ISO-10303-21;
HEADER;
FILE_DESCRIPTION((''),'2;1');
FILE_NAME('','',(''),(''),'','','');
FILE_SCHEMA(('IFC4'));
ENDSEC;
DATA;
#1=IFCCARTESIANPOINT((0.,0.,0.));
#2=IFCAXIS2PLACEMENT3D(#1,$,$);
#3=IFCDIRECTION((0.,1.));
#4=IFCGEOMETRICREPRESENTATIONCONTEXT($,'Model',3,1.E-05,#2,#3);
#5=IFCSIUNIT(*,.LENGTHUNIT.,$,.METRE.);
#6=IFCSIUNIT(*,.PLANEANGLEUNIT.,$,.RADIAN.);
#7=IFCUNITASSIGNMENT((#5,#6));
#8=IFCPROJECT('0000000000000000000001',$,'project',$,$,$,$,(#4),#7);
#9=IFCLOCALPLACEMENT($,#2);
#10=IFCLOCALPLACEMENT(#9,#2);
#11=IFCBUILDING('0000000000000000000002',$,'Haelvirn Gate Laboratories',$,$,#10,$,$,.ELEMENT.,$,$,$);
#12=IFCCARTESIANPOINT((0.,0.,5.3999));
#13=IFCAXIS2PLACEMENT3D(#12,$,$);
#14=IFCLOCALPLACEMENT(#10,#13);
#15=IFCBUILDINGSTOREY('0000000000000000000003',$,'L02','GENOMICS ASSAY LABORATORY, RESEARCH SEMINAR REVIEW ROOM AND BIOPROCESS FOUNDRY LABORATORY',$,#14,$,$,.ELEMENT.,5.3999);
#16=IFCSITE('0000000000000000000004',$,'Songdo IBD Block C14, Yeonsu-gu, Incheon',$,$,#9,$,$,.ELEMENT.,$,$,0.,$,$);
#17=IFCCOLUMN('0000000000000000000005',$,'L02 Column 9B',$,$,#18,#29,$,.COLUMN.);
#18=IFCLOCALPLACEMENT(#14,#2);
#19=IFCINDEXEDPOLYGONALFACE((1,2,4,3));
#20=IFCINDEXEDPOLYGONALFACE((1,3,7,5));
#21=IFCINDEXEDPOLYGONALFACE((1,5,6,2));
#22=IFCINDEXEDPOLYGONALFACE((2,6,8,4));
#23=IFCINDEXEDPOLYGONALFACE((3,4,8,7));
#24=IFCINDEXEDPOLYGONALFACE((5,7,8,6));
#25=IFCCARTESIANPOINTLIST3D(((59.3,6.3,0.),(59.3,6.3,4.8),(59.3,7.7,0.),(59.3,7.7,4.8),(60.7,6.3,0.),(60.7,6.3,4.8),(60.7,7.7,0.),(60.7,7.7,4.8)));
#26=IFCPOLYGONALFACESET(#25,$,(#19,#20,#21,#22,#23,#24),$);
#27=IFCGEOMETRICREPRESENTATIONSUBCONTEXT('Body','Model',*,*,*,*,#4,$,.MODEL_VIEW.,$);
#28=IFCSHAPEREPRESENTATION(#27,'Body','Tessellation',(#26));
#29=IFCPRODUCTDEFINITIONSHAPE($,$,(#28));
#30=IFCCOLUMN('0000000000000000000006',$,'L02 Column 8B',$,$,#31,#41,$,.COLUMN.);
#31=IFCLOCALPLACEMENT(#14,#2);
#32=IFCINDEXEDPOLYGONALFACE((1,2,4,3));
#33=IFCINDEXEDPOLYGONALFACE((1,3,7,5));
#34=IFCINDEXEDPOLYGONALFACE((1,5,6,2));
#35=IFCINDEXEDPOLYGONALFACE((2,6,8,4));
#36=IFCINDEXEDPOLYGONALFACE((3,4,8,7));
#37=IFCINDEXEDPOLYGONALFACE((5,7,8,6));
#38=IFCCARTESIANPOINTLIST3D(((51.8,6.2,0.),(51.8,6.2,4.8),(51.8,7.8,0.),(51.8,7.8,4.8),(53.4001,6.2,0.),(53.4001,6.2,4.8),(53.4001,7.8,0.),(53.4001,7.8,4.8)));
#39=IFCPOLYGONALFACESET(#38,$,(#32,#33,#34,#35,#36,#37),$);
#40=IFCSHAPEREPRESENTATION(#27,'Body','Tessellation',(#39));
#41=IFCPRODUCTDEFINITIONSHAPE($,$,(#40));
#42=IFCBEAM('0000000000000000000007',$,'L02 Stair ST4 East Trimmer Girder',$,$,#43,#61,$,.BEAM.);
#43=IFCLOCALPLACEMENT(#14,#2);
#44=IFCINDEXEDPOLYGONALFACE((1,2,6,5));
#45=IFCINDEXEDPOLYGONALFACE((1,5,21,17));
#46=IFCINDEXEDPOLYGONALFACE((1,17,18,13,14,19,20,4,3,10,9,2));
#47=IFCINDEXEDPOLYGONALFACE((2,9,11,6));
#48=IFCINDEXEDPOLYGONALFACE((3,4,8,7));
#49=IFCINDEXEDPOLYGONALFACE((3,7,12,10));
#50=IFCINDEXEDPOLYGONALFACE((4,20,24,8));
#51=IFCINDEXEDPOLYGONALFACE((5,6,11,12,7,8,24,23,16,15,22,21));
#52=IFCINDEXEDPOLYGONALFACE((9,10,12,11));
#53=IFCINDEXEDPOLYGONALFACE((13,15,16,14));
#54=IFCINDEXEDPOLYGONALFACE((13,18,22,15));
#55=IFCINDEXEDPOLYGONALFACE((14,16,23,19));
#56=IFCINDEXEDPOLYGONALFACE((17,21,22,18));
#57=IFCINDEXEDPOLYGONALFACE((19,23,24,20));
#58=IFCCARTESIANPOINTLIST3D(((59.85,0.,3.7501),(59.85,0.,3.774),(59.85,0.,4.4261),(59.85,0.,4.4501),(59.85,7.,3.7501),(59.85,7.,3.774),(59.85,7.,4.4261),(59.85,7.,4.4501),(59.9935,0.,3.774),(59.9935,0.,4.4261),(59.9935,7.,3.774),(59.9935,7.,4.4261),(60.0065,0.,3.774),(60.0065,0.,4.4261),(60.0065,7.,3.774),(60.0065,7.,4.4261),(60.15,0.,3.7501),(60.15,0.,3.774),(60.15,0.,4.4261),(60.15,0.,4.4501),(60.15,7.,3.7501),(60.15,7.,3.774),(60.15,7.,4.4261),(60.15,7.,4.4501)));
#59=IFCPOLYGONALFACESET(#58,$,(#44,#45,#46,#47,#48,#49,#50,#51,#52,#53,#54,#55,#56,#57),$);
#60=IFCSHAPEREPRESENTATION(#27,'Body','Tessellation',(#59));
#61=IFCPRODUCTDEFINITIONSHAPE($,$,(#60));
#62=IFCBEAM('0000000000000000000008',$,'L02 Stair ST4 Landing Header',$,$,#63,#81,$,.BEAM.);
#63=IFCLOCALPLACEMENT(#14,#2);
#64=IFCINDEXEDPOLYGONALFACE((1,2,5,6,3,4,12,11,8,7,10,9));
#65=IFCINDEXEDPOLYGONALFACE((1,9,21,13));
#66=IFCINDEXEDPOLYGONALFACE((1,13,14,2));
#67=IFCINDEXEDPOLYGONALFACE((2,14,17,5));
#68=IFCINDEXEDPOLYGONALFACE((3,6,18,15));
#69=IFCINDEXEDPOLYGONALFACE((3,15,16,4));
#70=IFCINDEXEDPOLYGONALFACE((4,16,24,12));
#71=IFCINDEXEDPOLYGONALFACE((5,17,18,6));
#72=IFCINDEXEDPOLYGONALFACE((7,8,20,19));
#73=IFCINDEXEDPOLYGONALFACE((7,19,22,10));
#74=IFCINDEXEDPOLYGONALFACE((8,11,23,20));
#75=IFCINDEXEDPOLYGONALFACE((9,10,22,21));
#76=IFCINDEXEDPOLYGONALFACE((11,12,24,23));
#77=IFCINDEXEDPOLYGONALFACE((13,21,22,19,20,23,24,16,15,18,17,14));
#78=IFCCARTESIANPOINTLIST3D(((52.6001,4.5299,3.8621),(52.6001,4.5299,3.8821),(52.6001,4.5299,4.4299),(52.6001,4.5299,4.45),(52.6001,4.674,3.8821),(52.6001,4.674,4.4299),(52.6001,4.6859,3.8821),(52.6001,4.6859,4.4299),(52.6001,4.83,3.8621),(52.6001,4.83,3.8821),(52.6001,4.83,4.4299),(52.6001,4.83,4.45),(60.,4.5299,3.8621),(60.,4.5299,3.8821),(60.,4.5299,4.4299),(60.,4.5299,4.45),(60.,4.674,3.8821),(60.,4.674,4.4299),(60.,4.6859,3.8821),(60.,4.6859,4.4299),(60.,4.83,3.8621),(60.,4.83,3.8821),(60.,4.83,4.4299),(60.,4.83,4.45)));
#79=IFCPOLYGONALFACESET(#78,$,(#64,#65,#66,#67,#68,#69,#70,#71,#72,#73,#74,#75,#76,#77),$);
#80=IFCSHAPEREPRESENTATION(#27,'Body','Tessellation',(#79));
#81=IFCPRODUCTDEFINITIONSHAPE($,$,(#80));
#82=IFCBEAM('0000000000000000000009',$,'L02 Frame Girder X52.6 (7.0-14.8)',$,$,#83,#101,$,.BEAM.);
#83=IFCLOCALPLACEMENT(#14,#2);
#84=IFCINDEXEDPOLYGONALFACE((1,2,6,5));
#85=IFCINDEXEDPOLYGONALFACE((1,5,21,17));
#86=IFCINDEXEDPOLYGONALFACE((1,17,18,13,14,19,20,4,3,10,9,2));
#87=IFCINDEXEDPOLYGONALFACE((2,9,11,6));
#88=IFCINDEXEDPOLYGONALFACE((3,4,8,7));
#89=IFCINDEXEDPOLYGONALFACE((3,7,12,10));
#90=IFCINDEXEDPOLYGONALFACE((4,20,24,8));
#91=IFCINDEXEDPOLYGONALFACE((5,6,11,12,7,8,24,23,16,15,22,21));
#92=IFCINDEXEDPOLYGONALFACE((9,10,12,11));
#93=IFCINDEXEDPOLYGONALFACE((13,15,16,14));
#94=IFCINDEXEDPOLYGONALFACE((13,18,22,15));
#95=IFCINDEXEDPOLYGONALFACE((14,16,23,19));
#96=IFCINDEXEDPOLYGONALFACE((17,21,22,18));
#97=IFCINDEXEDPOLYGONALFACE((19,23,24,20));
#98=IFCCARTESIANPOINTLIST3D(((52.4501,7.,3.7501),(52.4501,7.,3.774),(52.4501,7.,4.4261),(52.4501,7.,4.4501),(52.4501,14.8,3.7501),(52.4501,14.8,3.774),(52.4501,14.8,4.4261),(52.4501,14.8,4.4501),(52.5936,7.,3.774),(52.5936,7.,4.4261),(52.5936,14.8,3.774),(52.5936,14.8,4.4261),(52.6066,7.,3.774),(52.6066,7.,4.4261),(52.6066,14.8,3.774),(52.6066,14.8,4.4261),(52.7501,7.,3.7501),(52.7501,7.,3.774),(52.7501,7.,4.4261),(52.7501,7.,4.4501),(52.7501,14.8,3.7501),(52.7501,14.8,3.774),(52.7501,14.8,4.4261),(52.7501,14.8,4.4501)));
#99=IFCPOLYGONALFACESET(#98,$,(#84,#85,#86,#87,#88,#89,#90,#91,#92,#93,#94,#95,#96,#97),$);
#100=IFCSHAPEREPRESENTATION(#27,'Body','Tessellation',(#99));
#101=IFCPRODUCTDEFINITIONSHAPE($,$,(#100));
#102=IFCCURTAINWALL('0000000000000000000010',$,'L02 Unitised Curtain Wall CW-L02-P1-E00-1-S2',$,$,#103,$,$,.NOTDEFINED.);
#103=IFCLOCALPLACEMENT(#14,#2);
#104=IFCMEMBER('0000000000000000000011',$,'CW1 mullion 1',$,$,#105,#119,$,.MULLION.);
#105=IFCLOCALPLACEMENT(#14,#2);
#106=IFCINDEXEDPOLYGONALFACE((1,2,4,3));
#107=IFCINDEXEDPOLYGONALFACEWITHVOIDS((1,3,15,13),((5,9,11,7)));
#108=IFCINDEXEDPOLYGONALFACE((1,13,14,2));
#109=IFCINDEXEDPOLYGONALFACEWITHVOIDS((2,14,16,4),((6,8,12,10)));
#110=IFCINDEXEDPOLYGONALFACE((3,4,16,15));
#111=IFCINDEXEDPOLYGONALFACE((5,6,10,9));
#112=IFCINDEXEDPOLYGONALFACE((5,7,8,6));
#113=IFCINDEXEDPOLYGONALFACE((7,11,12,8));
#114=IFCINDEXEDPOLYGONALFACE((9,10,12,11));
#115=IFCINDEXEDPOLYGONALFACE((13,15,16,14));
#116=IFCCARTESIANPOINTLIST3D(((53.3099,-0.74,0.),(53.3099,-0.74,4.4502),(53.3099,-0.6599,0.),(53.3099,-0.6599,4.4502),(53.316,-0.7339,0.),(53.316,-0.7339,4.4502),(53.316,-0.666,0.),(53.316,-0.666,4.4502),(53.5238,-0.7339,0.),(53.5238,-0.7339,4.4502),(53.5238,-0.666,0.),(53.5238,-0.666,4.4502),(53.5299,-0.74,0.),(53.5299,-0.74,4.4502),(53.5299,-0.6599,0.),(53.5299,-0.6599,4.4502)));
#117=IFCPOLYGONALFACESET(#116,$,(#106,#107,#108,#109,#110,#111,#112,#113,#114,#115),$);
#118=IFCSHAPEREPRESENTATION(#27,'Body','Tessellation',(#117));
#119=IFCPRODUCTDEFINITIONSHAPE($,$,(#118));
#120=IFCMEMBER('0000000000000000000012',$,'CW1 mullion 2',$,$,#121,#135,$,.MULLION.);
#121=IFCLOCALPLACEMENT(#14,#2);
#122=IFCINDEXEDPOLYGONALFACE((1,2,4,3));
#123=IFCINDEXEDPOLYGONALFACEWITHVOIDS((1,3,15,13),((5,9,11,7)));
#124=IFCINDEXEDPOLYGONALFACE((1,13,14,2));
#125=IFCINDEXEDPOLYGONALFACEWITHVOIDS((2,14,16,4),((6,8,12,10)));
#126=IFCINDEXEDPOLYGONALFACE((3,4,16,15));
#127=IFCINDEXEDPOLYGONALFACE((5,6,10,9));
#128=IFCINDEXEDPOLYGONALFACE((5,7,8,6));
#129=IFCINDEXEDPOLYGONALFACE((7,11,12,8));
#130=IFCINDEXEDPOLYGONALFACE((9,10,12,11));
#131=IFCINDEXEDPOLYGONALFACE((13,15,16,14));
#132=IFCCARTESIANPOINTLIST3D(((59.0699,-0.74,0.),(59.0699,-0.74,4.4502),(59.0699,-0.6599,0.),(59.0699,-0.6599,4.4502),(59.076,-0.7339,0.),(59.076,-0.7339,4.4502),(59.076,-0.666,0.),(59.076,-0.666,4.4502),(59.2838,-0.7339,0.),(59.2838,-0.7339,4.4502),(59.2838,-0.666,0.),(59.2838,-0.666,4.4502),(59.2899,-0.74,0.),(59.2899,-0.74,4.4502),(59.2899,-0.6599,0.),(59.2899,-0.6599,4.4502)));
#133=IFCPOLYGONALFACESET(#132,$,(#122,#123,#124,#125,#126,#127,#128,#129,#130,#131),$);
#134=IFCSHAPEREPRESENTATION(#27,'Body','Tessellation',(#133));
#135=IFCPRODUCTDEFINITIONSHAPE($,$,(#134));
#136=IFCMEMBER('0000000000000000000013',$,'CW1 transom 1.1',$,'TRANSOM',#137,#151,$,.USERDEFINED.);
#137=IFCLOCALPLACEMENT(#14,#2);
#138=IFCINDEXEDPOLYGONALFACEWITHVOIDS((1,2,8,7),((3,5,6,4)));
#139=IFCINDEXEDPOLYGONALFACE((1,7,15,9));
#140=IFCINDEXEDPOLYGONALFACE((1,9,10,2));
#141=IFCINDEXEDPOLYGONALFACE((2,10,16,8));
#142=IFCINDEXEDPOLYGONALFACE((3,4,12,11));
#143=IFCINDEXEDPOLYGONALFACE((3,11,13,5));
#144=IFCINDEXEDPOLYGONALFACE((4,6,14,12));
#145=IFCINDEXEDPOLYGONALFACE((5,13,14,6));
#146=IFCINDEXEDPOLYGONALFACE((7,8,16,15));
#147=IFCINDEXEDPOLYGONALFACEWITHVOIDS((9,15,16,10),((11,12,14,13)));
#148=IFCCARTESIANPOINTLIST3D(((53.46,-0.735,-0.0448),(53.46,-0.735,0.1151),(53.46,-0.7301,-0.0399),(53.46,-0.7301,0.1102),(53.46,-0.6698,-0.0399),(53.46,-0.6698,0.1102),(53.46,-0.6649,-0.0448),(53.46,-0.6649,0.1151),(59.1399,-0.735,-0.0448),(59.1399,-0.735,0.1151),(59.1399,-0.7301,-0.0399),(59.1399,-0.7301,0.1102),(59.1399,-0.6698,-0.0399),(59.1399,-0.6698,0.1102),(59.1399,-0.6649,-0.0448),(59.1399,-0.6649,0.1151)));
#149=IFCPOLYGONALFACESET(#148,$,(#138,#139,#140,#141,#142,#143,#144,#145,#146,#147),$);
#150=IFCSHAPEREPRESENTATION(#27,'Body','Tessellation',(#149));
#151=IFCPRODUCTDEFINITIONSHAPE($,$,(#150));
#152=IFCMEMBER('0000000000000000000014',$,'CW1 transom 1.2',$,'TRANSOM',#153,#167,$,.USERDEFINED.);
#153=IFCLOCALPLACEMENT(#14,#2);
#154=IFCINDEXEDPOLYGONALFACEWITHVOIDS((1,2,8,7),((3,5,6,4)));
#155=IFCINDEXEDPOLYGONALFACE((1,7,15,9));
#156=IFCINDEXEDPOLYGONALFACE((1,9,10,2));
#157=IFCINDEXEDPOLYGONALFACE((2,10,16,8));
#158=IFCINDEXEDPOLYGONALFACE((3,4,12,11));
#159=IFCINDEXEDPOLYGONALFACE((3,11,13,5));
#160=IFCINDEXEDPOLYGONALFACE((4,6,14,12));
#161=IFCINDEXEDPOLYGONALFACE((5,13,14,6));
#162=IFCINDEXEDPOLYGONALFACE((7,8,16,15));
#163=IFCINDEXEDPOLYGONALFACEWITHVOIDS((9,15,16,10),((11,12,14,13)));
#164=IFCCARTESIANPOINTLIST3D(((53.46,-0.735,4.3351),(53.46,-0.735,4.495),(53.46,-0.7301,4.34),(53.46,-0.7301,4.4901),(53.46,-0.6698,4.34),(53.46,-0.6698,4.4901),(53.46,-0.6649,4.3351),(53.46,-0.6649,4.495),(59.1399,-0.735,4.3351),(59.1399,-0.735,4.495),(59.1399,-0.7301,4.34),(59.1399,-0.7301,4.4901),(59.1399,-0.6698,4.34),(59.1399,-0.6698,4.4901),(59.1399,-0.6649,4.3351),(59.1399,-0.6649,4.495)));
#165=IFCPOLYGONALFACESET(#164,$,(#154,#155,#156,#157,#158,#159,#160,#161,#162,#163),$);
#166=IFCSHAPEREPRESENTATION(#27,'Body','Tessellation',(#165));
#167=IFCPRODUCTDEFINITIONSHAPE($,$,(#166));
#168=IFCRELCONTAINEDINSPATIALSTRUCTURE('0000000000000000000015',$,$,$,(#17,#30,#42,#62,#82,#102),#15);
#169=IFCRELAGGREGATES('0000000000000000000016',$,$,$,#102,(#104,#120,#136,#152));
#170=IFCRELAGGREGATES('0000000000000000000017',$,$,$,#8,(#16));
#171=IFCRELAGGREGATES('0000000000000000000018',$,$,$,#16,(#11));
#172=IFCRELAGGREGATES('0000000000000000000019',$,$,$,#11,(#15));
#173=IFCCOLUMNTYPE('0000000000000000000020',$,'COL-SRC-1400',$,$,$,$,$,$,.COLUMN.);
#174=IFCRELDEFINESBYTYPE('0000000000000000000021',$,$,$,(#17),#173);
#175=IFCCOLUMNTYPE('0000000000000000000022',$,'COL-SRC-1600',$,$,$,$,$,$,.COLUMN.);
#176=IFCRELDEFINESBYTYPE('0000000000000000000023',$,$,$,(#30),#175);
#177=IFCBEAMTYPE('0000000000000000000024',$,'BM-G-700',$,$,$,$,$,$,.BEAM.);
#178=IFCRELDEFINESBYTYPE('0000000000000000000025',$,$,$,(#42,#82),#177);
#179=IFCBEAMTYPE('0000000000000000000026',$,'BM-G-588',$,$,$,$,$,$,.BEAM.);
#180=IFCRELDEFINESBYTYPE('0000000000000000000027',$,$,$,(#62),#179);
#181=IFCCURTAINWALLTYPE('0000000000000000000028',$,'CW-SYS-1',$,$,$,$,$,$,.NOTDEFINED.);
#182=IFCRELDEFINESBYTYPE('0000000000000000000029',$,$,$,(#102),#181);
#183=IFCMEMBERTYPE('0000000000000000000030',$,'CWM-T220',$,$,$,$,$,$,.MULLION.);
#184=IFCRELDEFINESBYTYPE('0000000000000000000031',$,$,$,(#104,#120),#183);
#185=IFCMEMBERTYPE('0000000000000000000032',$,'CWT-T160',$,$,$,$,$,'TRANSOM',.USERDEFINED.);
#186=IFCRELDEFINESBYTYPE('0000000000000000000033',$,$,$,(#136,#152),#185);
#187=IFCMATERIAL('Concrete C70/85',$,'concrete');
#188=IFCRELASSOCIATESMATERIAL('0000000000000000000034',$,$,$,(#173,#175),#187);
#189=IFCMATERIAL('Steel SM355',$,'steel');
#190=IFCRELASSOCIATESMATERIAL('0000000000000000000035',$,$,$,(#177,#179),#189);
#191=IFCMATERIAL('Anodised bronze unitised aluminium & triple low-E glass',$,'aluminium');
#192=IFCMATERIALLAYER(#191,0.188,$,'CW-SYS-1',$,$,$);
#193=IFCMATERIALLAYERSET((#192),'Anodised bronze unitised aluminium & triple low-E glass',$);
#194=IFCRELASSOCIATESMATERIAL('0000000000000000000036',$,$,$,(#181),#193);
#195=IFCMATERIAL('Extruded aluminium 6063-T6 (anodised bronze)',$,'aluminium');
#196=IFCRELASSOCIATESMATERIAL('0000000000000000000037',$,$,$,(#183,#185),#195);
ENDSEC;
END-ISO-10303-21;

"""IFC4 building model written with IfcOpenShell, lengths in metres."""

from ifc_helpers import new_model, si_unit, direction, frame, origin, origin_2d, place, context, subcontext, project, spatial, rectangle, hollow_rectangle, i_section, extrude, source, transform, mapped, material, layer, layer_set, material_profile, profile_set, type_object, type_shapes, element, aggregate, save


model = new_model("IFC4")

# Units and contexts
model_context = context("Model", 3, precision=1e-05, world=origin(), true_north=direction((0.0, 1.0)))
body_context = subcontext(model_context, "Body", "Model", "MODEL_VIEW")
ifc_project = project(units=[si_unit("LENGTHUNIT", "METRE"), si_unit("PLANEANGLEUNIT", "RADIAN")], contexts=[model_context])

# Site, building, storey
site_placement = place(None, origin())
site = spatial("IfcSite", under=ifc_project, at=site_placement, Name="Songdo IBD Block C14, Yeonsu-gu, Incheon", CompositionType="ELEMENT", RefElevation=0.0)
building_placement = place(site_placement, origin())
building = spatial("IfcBuilding", under=site, at=building_placement, Name="Haelvirn Gate Laboratories", CompositionType="ELEMENT")
storey_placement = place(building_placement, frame((0.0, 0.0, 5.3999)))
storey = spatial("IfcBuildingStorey", under=building, at=storey_placement, Name="L02", Description="GENOMICS ASSAY LABORATORY, RESEARCH SEMINAR REVIEW ROOM AND BIOPROCESS FOUNDRY LABORATORY", CompositionType="ELEMENT", Elevation=5.3999)

# Columns
ifc_material_1 = material(Name="Concrete C70/85", Category="concrete")
ifc_material_profile_1 = material_profile(ifc_material_1, rectangle(XDim=1.3999, YDim=1.3999, at=origin_2d()), Name="SRC-1400x1400")
ifc_profile_set_1 = profile_set([ifc_material_profile_1], Name="Concrete C70/85")
column_type_1 = type_object("IfcColumnType", Name="COL-SRC-1400", PredefinedType="COLUMN", material=ifc_profile_set_1)
shared_shape_1 = source(origin(), body_context, "Body", "SweptSolid", [
    extrude(rectangle(XDim=1.3999, YDim=1.3999, at=origin_2d()), origin(), (0.0, 0.0, 1.0), 4.8),
])
type_shapes(column_type_1, [shared_shape_1])
column_1_placement = place(storey_placement, frame((60.0, 7.0, 0.0), z_axis=(0.0, 0.0, 1.0), x_axis=(1.0, 0.0, 0.0)))
element("IfcColumn", 1, at=column_1_placement, inside=storey, type_object=column_type_1, Name="L02 Column 9B", PredefinedType="COLUMN", context=body_context, shape_type="MappedRepresentation", body=[
    mapped(shared_shape_1, transform((0.0, 0.0, 0.0), scale=1.0)),
])
ifc_material_profile_2 = material_profile(ifc_material_1, rectangle(XDim=1.6001, YDim=1.6001, at=origin_2d()), Name="SRC-1600x1600")
ifc_profile_set_2 = profile_set([ifc_material_profile_2], Name="Concrete C70/85")
column_type_2 = type_object("IfcColumnType", Name="COL-SRC-1600", PredefinedType="COLUMN", material=ifc_profile_set_2)
shared_shape_2 = source(origin(), body_context, "Body", "SweptSolid", [
    extrude(rectangle(XDim=1.6001, YDim=1.6001, at=origin_2d()), origin(), (0.0, 0.0, 1.0), 4.8),
])
type_shapes(column_type_2, [shared_shape_2])
column_2_placement = place(storey_placement, frame((52.6001, 7.0, 0.0), z_axis=(0.0, 0.0, 1.0), x_axis=(1.0, 0.0, 0.0)))
element("IfcColumn", 2, at=column_2_placement, inside=storey, type_object=column_type_2, Name="L02 Column 8B", PredefinedType="COLUMN", context=body_context, shape_type="MappedRepresentation", body=[
    mapped(shared_shape_2, transform((0.0, 0.0, 0.0), scale=1.0)),
])

# Beams
ifc_material_2 = material(Name="Steel SM355", Category="steel")
ifc_material_profile_3 = material_profile(ifc_material_2, i_section(OverallWidth=0.3, OverallDepth=0.7, WebThickness=0.0129, FlangeThickness=0.0239, at=origin_2d()), Name="H-700x300x13x24")
ifc_profile_set_3 = profile_set([ifc_material_profile_3], Name="Steel SM355")
beam_type_1 = type_object("IfcBeamType", Name="BM-G-700", PredefinedType="BEAM", material=ifc_profile_set_3)
shared_shape_3 = source(origin(), body_context, "Body", "SweptSolid", [
    extrude(i_section(OverallWidth=0.3, OverallDepth=0.7, WebThickness=0.0129, FlangeThickness=0.0239, at=origin_2d()), origin(), (0.0, 0.0, 1.0), 7.0),
])
beam_1_placement = place(storey_placement, frame((60.0, 0.0, 4.1001), z_axis=(0.0, 1.0, 0.0), x_axis=(-1.0, 0.0, 0.0)))
element("IfcBeam", 3, at=beam_1_placement, inside=storey, type_object=beam_type_1, Name="L02 Stair ST4 East Trimmer Girder", PredefinedType="BEAM", context=body_context, shape_type="MappedRepresentation", body=[
    mapped(shared_shape_3, transform((0.0, 0.0, 0.0), scale=1.0)),
])
ifc_material_profile_4 = material_profile(ifc_material_2, i_section(OverallWidth=0.3, OverallDepth=0.5879, WebThickness=0.012, FlangeThickness=0.02, at=origin_2d()), Name="H-588x300x12x20")
ifc_profile_set_4 = profile_set([ifc_material_profile_4], Name="Steel SM355")
beam_type_2 = type_object("IfcBeamType", Name="BM-G-588", PredefinedType="BEAM", material=ifc_profile_set_4)
shared_shape_4 = source(origin(), body_context, "Body", "SweptSolid", [
    extrude(i_section(OverallWidth=0.3, OverallDepth=0.5879, WebThickness=0.012, FlangeThickness=0.02, at=origin_2d()), origin(), (0.0, 0.0, 1.0), 7.3999),
])
type_shapes(beam_type_2, [shared_shape_4])
beam_2_placement = place(storey_placement, frame((52.6001, 4.6799, 4.156), z_axis=(1.0, 0.0, 0.0), x_axis=(0.0, 1.0, 0.0)))
element("IfcBeam", 4, at=beam_2_placement, inside=storey, type_object=beam_type_2, Name="L02 Stair ST4 Landing Header", PredefinedType="BEAM", context=body_context, shape_type="MappedRepresentation", body=[
    mapped(shared_shape_4, transform((0.0, 0.0, 0.0), scale=1.0)),
])
shared_shape_5 = source(origin(), body_context, "Body", "SweptSolid", [
    extrude(i_section(OverallWidth=0.3, OverallDepth=0.7, WebThickness=0.0129, FlangeThickness=0.0239, at=origin_2d()), origin(), (0.0, 0.0, 1.0), 7.8),
])
type_shapes(beam_type_1, [shared_shape_3, shared_shape_5])
beam_3_placement = place(storey_placement, frame((52.6001, 7.0, 4.1001), z_axis=(0.0, 1.0, 0.0), x_axis=(-1.0, 0.0, 0.0)))
element("IfcBeam", 5, at=beam_3_placement, inside=storey, type_object=beam_type_1, Name="L02 Frame Girder X52.6 (7.0-14.8)", PredefinedType="BEAM", context=body_context, shape_type="MappedRepresentation", body=[
    mapped(shared_shape_5, transform((0.0, 0.0, 0.0), scale=1.0)),
])

# Curtain wall, members
ifc_material_3 = material(Name="Anodised bronze unitised aluminium & triple low-E glass", Category="aluminium")
ifc_layer_1 = layer(ifc_material_3, 0.188, Name="CW-SYS-1")
ifc_layer_set_1 = layer_set([ifc_layer_1], Name="Anodised bronze unitised aluminium & triple low-E glass")
curtain_wall_type = type_object("IfcCurtainWallType", Name="CW-SYS-1", PredefinedType="NOTDEFINED", material=ifc_layer_set_1)
curtain_wall_placement = place(storey_placement, origin())
curtain_wall = element("IfcCurtainWall", 6, at=curtain_wall_placement, inside=storey, type_object=curtain_wall_type, Name="L02 Unitised Curtain Wall CW-L02-P1-E00-1-S2", PredefinedType="NOTDEFINED")
ifc_material_4 = material(Name="Extruded aluminium 6063-T6 (anodised bronze)", Category="aluminium")
ifc_material_profile_5 = material_profile(ifc_material_4, hollow_rectangle(XDim=0.0801, YDim=0.22, WallThickness=0.0061, at=origin_2d()), Name="CWM-220x80x6")
ifc_profile_set_5 = profile_set([ifc_material_profile_5], Name="Extruded aluminium 6063-T6 (anodised bronze)")
member_type_1 = type_object("IfcMemberType", Name="CWM-T220", PredefinedType="MULLION", material=ifc_profile_set_5)
shared_shape_6 = source(origin(), body_context, "Body", "SweptSolid", [
    extrude(hollow_rectangle(XDim=0.0801, YDim=0.22, WallThickness=0.0061, at=origin_2d()), origin(), (0.0, 0.0, 1.0), 4.4502),
])
type_shapes(member_type_1, [shared_shape_6])
member_1_placement = place(storey_placement, frame((53.4199, -0.7, 0.0), z_axis=(0.0, 0.0, 1.0), x_axis=(0.0, 1.0, 0.0)))
member_1 = element("IfcMember", 7, at=member_1_placement, type_object=member_type_1, Name="CW1 mullion 1", PredefinedType="MULLION", context=body_context, shape_type="MappedRepresentation", body=[
    mapped(shared_shape_6, transform((0.0, 0.0, 0.0), scale=1.0)),
])
member_2_placement = place(storey_placement, frame((59.1799, -0.7, 0.0), z_axis=(0.0, 0.0, 1.0), x_axis=(0.0, 1.0, 0.0)))
member_2 = element("IfcMember", 8, at=member_2_placement, type_object=member_type_1, Name="CW1 mullion 2", PredefinedType="MULLION", context=body_context, shape_type="MappedRepresentation", body=[
    mapped(shared_shape_6, transform((0.0, 0.0, 0.0), scale=1.0)),
])
ifc_material_profile_6 = material_profile(ifc_material_4, hollow_rectangle(XDim=0.0701, YDim=0.1599, WallThickness=0.0049, at=origin_2d()), Name="CWT-160x70x5")
ifc_profile_set_6 = profile_set([ifc_material_profile_6], Name="Extruded aluminium 6063-T6 (anodised bronze)")
member_type_2 = type_object("IfcMemberType", Name="CWT-T160", ElementType="TRANSOM", PredefinedType="USERDEFINED", material=ifc_profile_set_6)
shared_shape_7 = source(origin(), body_context, "Body", "SweptSolid", [
    extrude(hollow_rectangle(XDim=0.0701, YDim=0.1599, WallThickness=0.0049, at=origin_2d()), origin(), (0.0, 0.0, 1.0), 5.6799),
])
type_shapes(member_type_2, [shared_shape_7])
member_3_placement = place(storey_placement, frame((53.46, -0.7, 0.0352), z_axis=(1.0, 0.0, 0.0), x_axis=(0.0, 1.0, 0.0)))
member_3 = element("IfcMember", 9, at=member_3_placement, type_object=member_type_2, Name="CW1 transom 1.1", ObjectType="TRANSOM", PredefinedType="USERDEFINED", context=body_context, shape_type="MappedRepresentation", body=[
    mapped(shared_shape_7, transform((0.0, 0.0, 0.0), scale=1.0)),
])
member_4_placement = place(storey_placement, frame((53.46, -0.7, 4.415), z_axis=(1.0, 0.0, 0.0), x_axis=(0.0, 1.0, 0.0)))
member_4 = element("IfcMember", 10, at=member_4_placement, type_object=member_type_2, Name="CW1 transom 1.2", ObjectType="TRANSOM", PredefinedType="USERDEFINED", context=body_context, shape_type="MappedRepresentation", body=[
    mapped(shared_shape_7, transform((0.0, 0.0, 0.0), scale=1.0)),
])
aggregate(curtain_wall, [member_1, member_2, member_3, member_4])

save(model, "model.ifc")
